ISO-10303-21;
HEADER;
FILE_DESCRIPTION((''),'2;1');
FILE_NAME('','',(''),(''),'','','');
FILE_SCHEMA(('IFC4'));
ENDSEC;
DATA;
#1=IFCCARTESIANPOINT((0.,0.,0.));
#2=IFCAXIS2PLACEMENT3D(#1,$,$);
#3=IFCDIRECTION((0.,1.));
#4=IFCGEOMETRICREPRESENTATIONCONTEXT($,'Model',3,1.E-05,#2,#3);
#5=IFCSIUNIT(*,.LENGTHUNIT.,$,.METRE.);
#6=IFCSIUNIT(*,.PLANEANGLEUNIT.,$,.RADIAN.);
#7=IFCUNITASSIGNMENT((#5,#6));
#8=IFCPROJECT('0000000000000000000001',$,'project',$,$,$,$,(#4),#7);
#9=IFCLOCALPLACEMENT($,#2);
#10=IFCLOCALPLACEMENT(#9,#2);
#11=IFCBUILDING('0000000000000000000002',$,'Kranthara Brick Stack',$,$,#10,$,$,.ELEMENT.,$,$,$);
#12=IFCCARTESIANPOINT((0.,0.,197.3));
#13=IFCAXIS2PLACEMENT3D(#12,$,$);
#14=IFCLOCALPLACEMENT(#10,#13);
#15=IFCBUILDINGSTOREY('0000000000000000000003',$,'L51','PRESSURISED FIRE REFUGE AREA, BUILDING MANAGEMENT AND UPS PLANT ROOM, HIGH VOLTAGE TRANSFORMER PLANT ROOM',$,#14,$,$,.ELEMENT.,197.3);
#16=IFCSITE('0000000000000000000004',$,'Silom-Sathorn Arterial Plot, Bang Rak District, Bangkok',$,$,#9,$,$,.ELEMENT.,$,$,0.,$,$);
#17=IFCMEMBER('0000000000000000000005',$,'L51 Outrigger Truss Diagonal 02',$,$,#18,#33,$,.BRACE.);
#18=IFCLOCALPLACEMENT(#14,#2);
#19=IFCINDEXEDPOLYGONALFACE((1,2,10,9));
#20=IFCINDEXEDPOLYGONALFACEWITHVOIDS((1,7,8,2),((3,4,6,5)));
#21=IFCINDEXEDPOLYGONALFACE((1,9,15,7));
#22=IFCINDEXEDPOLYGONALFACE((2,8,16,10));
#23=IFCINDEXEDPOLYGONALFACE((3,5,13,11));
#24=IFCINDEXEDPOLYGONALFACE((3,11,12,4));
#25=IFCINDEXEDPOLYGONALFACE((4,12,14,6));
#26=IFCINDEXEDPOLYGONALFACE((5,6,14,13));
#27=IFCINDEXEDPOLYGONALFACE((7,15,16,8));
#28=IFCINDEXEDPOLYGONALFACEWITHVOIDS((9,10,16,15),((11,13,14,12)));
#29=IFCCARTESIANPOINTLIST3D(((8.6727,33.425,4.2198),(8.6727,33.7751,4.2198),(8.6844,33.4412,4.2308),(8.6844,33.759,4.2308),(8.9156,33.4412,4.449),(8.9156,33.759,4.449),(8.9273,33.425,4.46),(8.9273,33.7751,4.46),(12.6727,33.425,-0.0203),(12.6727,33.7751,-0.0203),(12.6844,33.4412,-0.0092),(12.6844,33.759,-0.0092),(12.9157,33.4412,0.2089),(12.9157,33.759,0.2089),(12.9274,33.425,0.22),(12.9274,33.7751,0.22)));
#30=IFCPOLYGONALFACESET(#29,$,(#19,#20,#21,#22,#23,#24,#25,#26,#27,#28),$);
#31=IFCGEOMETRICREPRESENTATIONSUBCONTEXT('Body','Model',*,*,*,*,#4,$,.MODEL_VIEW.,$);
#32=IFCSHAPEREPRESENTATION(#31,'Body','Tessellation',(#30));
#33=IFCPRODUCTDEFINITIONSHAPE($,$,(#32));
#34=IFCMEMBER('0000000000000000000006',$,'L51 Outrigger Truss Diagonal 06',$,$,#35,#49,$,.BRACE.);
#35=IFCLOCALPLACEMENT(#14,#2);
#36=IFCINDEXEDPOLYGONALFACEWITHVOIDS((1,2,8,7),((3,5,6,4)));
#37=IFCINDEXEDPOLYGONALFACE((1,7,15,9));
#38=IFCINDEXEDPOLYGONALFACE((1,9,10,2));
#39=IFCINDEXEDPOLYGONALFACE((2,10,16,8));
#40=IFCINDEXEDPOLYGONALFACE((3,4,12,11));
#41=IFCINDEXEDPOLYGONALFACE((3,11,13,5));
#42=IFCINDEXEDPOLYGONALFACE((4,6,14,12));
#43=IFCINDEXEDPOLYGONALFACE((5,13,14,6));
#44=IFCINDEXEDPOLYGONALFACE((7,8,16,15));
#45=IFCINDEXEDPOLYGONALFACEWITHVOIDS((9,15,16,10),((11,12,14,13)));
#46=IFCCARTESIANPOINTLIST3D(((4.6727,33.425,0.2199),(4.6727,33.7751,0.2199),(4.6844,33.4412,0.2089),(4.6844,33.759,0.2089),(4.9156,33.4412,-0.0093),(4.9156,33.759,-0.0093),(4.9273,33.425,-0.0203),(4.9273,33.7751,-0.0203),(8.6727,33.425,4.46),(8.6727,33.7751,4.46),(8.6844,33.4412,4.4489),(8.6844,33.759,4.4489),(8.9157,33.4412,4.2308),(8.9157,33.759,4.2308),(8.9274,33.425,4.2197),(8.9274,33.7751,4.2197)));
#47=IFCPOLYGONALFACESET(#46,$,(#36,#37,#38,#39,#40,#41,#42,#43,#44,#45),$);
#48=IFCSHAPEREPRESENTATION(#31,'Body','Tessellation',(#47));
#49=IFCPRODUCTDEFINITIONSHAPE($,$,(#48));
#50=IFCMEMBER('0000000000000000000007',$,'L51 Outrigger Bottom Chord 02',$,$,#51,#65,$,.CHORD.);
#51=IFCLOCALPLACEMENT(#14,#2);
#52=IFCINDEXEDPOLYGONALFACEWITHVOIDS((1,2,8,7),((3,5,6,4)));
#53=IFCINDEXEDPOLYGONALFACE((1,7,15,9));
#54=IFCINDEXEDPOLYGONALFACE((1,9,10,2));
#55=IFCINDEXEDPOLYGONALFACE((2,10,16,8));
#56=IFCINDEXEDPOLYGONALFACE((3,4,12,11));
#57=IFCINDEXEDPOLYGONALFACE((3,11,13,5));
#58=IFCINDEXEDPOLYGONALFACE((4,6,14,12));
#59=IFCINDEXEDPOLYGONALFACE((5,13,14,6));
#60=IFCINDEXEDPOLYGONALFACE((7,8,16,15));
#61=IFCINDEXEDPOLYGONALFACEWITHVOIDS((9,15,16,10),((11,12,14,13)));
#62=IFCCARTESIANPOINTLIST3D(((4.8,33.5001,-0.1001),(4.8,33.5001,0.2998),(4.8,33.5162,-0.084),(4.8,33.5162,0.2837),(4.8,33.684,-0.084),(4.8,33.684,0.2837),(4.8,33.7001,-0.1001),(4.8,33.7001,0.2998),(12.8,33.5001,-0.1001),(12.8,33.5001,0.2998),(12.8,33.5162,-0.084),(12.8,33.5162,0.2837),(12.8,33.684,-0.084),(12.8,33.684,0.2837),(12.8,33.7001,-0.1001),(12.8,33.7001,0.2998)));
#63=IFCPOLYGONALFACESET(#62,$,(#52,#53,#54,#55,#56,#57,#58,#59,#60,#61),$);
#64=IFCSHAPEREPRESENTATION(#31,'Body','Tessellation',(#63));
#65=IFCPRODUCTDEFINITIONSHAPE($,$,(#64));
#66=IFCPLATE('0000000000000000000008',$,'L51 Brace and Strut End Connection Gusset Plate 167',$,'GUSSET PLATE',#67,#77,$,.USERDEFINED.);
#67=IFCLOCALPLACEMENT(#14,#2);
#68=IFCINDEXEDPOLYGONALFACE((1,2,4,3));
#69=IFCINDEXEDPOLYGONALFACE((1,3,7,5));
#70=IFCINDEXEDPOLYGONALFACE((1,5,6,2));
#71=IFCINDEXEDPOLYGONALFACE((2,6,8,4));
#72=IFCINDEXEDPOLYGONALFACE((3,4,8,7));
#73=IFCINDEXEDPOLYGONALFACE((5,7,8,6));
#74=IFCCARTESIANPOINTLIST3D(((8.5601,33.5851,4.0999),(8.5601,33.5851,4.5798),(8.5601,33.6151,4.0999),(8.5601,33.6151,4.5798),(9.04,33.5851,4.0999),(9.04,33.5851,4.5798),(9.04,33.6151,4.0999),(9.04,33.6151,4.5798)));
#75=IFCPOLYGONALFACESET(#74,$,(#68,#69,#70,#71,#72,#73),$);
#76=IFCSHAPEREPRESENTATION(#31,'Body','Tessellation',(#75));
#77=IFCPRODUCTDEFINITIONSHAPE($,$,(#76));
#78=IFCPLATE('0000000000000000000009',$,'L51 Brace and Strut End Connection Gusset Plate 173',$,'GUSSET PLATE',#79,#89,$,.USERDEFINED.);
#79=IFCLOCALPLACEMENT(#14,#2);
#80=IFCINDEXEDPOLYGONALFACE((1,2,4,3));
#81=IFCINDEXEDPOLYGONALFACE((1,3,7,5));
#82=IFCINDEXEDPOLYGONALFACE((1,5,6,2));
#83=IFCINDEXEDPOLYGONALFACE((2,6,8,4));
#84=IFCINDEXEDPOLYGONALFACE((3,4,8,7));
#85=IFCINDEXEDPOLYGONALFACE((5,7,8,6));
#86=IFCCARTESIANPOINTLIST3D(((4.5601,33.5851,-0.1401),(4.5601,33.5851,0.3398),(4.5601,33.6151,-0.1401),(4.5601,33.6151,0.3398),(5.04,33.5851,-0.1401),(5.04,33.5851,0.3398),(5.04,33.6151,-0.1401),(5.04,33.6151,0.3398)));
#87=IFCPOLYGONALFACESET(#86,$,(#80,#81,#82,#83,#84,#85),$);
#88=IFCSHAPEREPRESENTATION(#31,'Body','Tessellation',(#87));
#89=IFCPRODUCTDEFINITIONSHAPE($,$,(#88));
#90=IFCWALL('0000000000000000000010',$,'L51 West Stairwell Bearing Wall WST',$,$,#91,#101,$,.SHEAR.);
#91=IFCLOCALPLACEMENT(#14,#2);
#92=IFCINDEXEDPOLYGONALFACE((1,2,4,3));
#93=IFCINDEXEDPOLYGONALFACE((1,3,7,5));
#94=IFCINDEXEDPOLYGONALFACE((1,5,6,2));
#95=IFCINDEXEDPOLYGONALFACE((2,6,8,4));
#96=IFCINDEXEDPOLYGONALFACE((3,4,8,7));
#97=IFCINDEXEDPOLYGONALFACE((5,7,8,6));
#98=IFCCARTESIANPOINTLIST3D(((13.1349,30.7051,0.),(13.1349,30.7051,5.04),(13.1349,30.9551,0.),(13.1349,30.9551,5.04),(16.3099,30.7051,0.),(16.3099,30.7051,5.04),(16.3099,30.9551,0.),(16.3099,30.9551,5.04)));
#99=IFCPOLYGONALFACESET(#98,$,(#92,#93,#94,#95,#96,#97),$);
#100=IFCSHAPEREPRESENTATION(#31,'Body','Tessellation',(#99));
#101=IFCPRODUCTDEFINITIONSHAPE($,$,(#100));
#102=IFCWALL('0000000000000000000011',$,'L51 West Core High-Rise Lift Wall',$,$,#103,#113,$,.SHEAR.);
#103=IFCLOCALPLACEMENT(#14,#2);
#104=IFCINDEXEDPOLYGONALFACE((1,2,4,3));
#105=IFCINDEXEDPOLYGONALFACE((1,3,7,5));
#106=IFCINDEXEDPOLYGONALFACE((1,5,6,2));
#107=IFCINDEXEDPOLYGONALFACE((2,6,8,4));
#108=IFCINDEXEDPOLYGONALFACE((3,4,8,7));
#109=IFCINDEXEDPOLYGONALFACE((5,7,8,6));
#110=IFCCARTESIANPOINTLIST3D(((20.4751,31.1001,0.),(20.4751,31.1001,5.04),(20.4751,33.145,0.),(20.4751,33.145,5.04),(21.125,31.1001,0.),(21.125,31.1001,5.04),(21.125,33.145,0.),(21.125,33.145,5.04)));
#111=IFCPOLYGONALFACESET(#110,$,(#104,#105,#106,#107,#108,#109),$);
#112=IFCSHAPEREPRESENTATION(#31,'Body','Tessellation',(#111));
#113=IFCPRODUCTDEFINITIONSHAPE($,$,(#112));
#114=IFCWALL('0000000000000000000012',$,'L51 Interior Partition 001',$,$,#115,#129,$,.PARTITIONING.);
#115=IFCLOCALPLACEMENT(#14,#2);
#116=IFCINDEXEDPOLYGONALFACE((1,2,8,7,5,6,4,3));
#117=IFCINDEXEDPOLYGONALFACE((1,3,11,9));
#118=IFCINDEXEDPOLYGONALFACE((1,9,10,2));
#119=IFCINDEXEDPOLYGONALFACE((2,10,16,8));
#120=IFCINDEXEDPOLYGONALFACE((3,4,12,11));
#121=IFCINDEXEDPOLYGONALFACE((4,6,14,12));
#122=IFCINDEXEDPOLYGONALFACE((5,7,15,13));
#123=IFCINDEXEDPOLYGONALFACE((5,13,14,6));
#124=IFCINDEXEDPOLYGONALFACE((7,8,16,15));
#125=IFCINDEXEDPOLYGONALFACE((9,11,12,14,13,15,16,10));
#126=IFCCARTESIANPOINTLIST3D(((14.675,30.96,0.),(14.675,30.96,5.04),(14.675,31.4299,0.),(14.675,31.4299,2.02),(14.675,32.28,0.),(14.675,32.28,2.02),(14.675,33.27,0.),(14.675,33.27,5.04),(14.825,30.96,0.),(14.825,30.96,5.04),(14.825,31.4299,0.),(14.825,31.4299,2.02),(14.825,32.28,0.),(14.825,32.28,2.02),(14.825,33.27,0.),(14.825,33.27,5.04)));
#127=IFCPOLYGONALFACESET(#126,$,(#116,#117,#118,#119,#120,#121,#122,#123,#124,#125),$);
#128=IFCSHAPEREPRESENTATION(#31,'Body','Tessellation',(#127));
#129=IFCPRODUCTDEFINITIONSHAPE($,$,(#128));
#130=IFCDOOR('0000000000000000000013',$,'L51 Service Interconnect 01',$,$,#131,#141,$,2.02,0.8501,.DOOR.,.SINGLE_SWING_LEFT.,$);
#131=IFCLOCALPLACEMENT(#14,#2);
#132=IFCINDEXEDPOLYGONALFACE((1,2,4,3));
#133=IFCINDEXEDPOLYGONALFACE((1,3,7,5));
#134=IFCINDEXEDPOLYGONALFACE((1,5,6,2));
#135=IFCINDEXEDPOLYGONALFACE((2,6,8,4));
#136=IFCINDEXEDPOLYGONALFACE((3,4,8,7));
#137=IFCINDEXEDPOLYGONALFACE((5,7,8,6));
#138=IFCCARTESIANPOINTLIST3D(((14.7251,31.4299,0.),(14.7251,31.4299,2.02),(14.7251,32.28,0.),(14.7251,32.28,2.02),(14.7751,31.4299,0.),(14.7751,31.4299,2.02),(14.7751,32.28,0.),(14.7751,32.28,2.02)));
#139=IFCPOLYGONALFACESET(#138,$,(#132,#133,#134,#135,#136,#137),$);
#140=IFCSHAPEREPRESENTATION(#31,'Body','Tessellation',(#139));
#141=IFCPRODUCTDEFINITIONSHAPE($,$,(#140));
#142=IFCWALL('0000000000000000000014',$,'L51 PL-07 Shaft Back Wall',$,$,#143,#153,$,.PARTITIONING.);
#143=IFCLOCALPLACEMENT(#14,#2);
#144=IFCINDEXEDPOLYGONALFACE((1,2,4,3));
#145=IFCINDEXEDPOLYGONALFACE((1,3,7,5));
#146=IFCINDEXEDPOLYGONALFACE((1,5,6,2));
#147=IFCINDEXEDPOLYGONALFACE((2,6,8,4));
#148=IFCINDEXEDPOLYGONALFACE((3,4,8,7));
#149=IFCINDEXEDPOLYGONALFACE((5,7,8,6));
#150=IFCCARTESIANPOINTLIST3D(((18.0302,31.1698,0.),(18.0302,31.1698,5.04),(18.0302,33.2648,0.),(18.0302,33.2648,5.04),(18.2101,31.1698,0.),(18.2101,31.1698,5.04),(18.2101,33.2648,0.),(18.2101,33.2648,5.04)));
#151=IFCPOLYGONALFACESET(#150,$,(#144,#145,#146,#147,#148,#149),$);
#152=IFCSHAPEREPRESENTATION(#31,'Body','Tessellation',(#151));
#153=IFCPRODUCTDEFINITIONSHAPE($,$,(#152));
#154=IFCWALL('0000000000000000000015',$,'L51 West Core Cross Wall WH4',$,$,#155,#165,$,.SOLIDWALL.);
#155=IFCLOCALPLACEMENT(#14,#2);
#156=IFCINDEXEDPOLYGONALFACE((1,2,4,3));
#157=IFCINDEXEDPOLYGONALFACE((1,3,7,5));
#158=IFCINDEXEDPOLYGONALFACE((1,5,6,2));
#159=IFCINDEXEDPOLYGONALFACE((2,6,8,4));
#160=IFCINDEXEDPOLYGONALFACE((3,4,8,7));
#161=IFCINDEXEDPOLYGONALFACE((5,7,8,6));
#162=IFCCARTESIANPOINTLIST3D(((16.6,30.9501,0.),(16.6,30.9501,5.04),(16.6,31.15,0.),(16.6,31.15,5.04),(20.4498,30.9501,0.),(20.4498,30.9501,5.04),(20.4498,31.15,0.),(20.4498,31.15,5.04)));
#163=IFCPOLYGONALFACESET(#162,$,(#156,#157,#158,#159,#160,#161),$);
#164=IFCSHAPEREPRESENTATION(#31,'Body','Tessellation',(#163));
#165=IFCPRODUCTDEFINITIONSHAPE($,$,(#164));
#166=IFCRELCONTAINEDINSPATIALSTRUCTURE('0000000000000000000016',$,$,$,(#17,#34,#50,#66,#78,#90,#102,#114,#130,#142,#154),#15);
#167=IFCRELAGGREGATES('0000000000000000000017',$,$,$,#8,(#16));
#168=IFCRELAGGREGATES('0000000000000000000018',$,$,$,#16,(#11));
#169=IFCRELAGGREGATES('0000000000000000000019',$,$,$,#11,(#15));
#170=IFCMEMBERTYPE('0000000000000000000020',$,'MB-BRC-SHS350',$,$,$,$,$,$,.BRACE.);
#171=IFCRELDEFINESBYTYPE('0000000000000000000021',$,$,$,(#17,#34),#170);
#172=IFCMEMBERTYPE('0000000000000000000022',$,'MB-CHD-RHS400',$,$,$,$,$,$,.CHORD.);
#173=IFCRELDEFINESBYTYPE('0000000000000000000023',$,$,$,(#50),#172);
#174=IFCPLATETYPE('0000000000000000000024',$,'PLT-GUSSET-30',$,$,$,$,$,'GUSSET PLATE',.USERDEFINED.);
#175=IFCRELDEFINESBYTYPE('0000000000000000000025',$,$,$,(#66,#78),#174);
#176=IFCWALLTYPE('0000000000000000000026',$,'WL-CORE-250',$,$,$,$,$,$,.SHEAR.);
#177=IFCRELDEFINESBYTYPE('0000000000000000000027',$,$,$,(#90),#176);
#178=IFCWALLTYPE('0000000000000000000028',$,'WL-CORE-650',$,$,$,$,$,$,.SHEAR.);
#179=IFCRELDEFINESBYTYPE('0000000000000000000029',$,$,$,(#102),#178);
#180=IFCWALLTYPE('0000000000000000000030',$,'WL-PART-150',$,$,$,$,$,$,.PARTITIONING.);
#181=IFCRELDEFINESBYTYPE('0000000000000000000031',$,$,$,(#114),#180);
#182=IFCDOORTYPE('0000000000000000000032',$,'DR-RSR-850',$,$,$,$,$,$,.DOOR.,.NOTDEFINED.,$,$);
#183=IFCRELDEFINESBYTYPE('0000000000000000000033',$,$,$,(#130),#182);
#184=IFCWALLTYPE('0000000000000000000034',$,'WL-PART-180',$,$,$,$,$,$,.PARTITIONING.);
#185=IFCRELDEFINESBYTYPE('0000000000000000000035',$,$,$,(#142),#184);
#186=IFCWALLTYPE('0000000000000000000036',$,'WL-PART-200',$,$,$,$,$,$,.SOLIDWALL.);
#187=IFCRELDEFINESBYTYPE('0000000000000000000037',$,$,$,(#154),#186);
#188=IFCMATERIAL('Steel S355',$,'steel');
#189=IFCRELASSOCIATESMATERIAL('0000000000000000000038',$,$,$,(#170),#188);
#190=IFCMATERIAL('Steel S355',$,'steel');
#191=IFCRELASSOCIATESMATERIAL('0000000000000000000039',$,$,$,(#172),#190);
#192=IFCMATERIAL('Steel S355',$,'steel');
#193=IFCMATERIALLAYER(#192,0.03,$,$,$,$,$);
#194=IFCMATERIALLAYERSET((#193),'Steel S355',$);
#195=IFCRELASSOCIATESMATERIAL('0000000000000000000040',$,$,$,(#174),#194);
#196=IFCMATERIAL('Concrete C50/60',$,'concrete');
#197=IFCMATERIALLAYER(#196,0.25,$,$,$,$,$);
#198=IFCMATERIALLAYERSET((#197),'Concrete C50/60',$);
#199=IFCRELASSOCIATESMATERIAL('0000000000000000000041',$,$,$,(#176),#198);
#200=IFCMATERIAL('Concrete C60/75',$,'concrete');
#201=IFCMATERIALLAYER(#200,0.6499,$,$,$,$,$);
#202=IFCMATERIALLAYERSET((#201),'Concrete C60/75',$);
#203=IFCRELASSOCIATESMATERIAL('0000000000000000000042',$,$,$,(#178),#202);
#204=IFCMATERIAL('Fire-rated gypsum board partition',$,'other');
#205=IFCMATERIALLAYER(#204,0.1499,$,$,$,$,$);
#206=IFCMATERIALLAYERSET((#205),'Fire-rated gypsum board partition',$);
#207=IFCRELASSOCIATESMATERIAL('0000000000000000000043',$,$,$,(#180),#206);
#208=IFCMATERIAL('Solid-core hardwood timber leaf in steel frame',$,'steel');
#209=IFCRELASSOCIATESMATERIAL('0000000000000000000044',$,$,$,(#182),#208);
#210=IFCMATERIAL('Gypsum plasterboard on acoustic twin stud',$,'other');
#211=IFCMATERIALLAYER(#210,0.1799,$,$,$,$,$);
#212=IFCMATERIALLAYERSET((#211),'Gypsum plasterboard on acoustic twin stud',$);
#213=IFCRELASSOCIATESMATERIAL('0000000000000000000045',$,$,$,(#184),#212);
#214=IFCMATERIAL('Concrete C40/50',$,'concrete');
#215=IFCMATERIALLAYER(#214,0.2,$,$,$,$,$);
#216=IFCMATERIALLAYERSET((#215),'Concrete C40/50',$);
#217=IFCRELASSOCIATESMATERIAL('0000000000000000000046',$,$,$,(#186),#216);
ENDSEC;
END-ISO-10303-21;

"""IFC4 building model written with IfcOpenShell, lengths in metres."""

from ifc_helpers import new_model, si_unit, direction, frame, frame_2d, origin, origin_2d, place, context, subcontext, project, spatial, rectangle, hollow_rectangle, extrude, material, layer, layer_set, material_profile, profile_set, type_object, element, fill, save


model = new_model("IFC4")

# Units and contexts
model_context = context("Model", 3, precision=1e-05, world=origin(), true_north=direction((0.0, 1.0)))
body_context = subcontext(model_context, "Body", "Model", "MODEL_VIEW")
ifc_project = project(units=[si_unit("LENGTHUNIT", "METRE"), si_unit("PLANEANGLEUNIT", "RADIAN")], contexts=[model_context])

# Site, building, storey
site_placement = place(None, origin())
site = spatial("IfcSite", under=ifc_project, at=site_placement, Name="Silom-Sathorn Arterial Plot, Bang Rak District, Bangkok", CompositionType="ELEMENT", RefElevation=0.0)
building_placement = place(site_placement, origin())
building = spatial("IfcBuilding", under=site, at=building_placement, Name="Kranthara Brick Stack", CompositionType="ELEMENT")
storey_placement = place(building_placement, frame((0.0, 0.0, 197.3)))
storey = spatial("IfcBuildingStorey", under=building, at=storey_placement, Name="L51", Description="PRESSURISED FIRE REFUGE AREA, BUILDING MANAGEMENT AND UPS PLANT ROOM, HIGH VOLTAGE TRANSFORMER PLANT ROOM", CompositionType="ELEMENT", Elevation=197.3)

# Members
ifc_material_1 = material(Name="Steel S355", Category="steel")
ifc_material_profile_1 = material_profile(ifc_material_1, hollow_rectangle(XDim=0.3501, YDim=0.3501, WallThickness=0.0161, at=origin_2d()), Name="SHS 350x350x16")
ifc_profile_set_1 = profile_set([ifc_material_profile_1], Name="Steel S355")
member_type_1 = type_object("IfcMemberType", Name="MB-BRC-SHS350", PredefinedType="BRACE", material=ifc_profile_set_1)
for number, where, z_axis, x_axis, name in (
    (1, (12.8, 33.6001, 0.0999), (-0.686221, 0.0, 0.727393), (0.0, -1.0, 0.0), "L51 Outrigger Truss Diagonal 02"),
    (2, (8.8, 33.6001, 4.3398), (-0.686221, 0.0, -0.727393), (0.0, -1.0, 0.0), "L51 Outrigger Truss Diagonal 06"),
):
    element("IfcMember", number, at=place(storey_placement, frame(where, z_axis=z_axis, x_axis=x_axis)), inside=storey, type_object=member_type_1, Name=name, PredefinedType="BRACE", context=body_context, shape_type="SweptSolid", body=[
        extrude(hollow_rectangle(XDim=0.3501, YDim=0.3501, WallThickness=0.0161, at=origin_2d()), origin(), (0.0, 0.0, 1.0), 5.8291),
    ])
ifc_material_2 = material(Name="Steel S355", Category="steel")
ifc_material_profile_2 = material_profile(ifc_material_2, hollow_rectangle(XDim=0.2, YDim=0.3999, WallThickness=0.0161, at=origin_2d()), Name="RHS 200x400x16")
ifc_profile_set_2 = profile_set([ifc_material_profile_2], Name="Steel S355")
member_type_2 = type_object("IfcMemberType", Name="MB-CHD-RHS400", PredefinedType="CHORD", material=ifc_profile_set_2)
member_placement = place(storey_placement, frame((12.8, 33.6001, 0.0999), z_axis=(-1.0, 0.0, 0.0), x_axis=(0.0, -1.0, 0.0)))
element("IfcMember", 3, at=member_placement, inside=storey, type_object=member_type_2, Name="L51 Outrigger Bottom Chord 02", PredefinedType="CHORD", context=body_context, shape_type="SweptSolid", body=[
    extrude(hollow_rectangle(XDim=0.2, YDim=0.3999, WallThickness=0.0161, at=origin_2d()), origin(), (0.0, 0.0, 1.0), 8.0),
])

# Plates
ifc_material_3 = material(Name="Steel S355", Category="steel")
ifc_layer_1 = layer(ifc_material_3, 0.03)
ifc_layer_set_1 = layer_set([ifc_layer_1], Name="Steel S355")
plate_type = type_object("IfcPlateType", Name="PLT-GUSSET-30", ElementType="GUSSET PLATE", PredefinedType="USERDEFINED", material=ifc_layer_set_1)
for number, where, z_axis, x_axis, name in (
    (4, (8.8, 33.6001, 4.0999), (0.0, 0.0, 1.0), (1.0, 0.0, 0.0), "L51 Brace and Strut End Connection Gusset Plate 167"),
    (5, (4.8, 33.6001, -0.1401), (0.0, 0.0, 1.0), (1.0, 0.0, 0.0), "L51 Brace and Strut End Connection Gusset Plate 173"),
):
    element("IfcPlate", number, at=place(storey_placement, frame(where, z_axis=z_axis, x_axis=x_axis)), inside=storey, type_object=plate_type, Name=name, ObjectType="GUSSET PLATE", PredefinedType="USERDEFINED", context=body_context, shape_type="SweptSolid", body=[
        extrude(rectangle(XDim=0.48, YDim=0.03, at=origin_2d()), origin(), (0.0, 0.0, 1.0), 0.48),
    ])

# Walls
ifc_material_4 = material(Name="Concrete C50/60", Category="concrete")
ifc_layer_2 = layer(ifc_material_4, 0.25)
ifc_layer_set_2 = layer_set([ifc_layer_2], Name="Concrete C50/60")
wall_type_1 = type_object("IfcWallType", Name="WL-CORE-250", PredefinedType="SHEAR", material=ifc_layer_set_2)
wall_1_placement = place(storey_placement, frame((13.135, 30.8301, 0.0), z_axis=(0.0, 0.0, 1.0), x_axis=(1.0, 0.0, 0.0)))
element("IfcWall", 6, at=wall_1_placement, inside=storey, type_object=wall_type_1, Name="L51 West Stairwell Bearing Wall WST", PredefinedType="SHEAR", context=body_context, shape_type="SweptSolid", body=[
    extrude(rectangle(XDim=3.175, YDim=0.25, at=frame_2d((1.5874, 0.0))), origin(), (0.0, 0.0, 1.0), 5.04),
])
ifc_material_5 = material(Name="Concrete C60/75", Category="concrete")
ifc_layer_3 = layer(ifc_material_5, 0.6499)
ifc_layer_set_3 = layer_set([ifc_layer_3], Name="Concrete C60/75")
wall_type_2 = type_object("IfcWallType", Name="WL-CORE-650", PredefinedType="SHEAR", material=ifc_layer_set_3)
wall_2_placement = place(storey_placement, frame((20.8, 31.1001, 0.0), z_axis=(0.0, 0.0, 1.0), x_axis=(0.0, 1.0, 0.0)))
element("IfcWall", 7, at=wall_2_placement, inside=storey, type_object=wall_type_2, Name="L51 West Core High-Rise Lift Wall", PredefinedType="SHEAR", context=body_context, shape_type="SweptSolid", body=[
    extrude(rectangle(XDim=2.0449, YDim=0.6499, at=frame_2d((1.0225, 0.0))), origin(), (0.0, 0.0, 1.0), 5.04),
])

# Wall, opening, door
ifc_material_6 = material(Name="Fire-rated gypsum board partition", Category="other")
ifc_layer_4 = layer(ifc_material_6, 0.1499)
ifc_layer_set_4 = layer_set([ifc_layer_4], Name="Fire-rated gypsum board partition")
wall_type_3 = type_object("IfcWallType", Name="WL-PART-150", PredefinedType="PARTITIONING", material=ifc_layer_set_4)
wall_3_placement = place(storey_placement, frame((14.75, 30.96, 0.0), z_axis=(0.0, 0.0, 1.0), x_axis=(0.0, 1.0, 0.0)))
wall_3 = element("IfcWall", 8, at=wall_3_placement, inside=storey, type_object=wall_type_3, Name="L51 Interior Partition 001", PredefinedType="PARTITIONING", context=body_context, shape_type="SweptSolid", body=[
    extrude(rectangle(XDim=2.3101, YDim=0.1499, at=frame_2d((1.155, 0.0))), origin(), (0.0, 0.0, 1.0), 5.04),
])
opening_1_placement = place(wall_3_placement, frame((0.47, 0.0, 0.0)))
opening_1 = element("IfcOpeningElement", 9, at=opening_1_placement, cuts=wall_3, PredefinedType="OPENING", context=body_context, shape_type="SweptSolid", body=[
    extrude(rectangle(XDim=0.8501, YDim=2.02, at=frame_2d((0.425, 1.01))), frame((0.0, 0.085, 0.0), z_axis=(0.0, -1.0, 0.0), x_axis=(1.0, 0.0, 0.0)), (0.0, 0.0, 1.0), 0.1699),
])
ifc_material_7 = material(Name="Solid-core hardwood timber leaf in steel frame", Category="steel")
door_type_1 = type_object("IfcDoorType", Name="DR-RSR-850", OperationType="NOTDEFINED", PredefinedType="DOOR", material=ifc_material_7)
door_1_placement = place(opening_1_placement, origin())
door_1 = element("IfcDoor", 10, at=door_1_placement, inside=storey, type_object=door_type_1, Name="L51 Service Interconnect 01", OperationType="SINGLE_SWING_LEFT", OverallHeight=2.02, OverallWidth=0.8501, PredefinedType="DOOR", context=body_context, shape_type="SweptSolid", body=[
    extrude(rectangle(XDim=0.8501, YDim=2.02, at=frame_2d((0.425, 1.01))), frame((0.0, 0.0249, 0.0), z_axis=(0.0, -1.0, 0.0), x_axis=(1.0, 0.0, 0.0)), (0.0, 0.0, 1.0), 0.05),
])
fill(opening_1, door_1)

# Walls
ifc_material_8 = material(Name="Gypsum plasterboard on acoustic twin stud", Category="other")
ifc_layer_5 = layer(ifc_material_8, 0.1799)
ifc_layer_set_5 = layer_set([ifc_layer_5], Name="Gypsum plasterboard on acoustic twin stud")
wall_type_4 = type_object("IfcWallType", Name="WL-PART-180", PredefinedType="PARTITIONING", material=ifc_layer_set_5)
wall_4_placement = place(storey_placement, frame((18.1201, 31.1699, 0.0), z_axis=(0.0, 0.0, 1.0), x_axis=(0.0, 1.0, 0.0)))
element("IfcWall", 11, at=wall_4_placement, inside=storey, type_object=wall_type_4, Name="L51 PL-07 Shaft Back Wall", PredefinedType="PARTITIONING", context=body_context, shape_type="SweptSolid", body=[
    extrude(rectangle(XDim=2.095, YDim=0.1799, at=frame_2d((1.0474, 0.0))), origin(), (0.0, 0.0, 1.0), 5.04),
])
ifc_material_9 = material(Name="Concrete C40/50", Category="concrete")
ifc_layer_6 = layer(ifc_material_9, 0.2)
ifc_layer_set_6 = layer_set([ifc_layer_6], Name="Concrete C40/50")
wall_type_5 = type_object("IfcWallType", Name="WL-PART-200", PredefinedType="SOLIDWALL", material=ifc_layer_set_6)
wall_5_placement = place(storey_placement, frame((16.6001, 31.05, 0.0), z_axis=(0.0, 0.0, 1.0), x_axis=(1.0, 0.0, 0.0)))
element("IfcWall", 12, at=wall_5_placement, inside=storey, type_object=wall_type_5, Name="L51 West Core Cross Wall WH4", PredefinedType="SOLIDWALL", context=body_context, shape_type="SweptSolid", body=[
    extrude(rectangle(XDim=3.8499, YDim=0.2, at=frame_2d((1.9248, 0.0))), origin(), (0.0, 0.0, 1.0), 5.04),
])

save(model, "model.ifc")
